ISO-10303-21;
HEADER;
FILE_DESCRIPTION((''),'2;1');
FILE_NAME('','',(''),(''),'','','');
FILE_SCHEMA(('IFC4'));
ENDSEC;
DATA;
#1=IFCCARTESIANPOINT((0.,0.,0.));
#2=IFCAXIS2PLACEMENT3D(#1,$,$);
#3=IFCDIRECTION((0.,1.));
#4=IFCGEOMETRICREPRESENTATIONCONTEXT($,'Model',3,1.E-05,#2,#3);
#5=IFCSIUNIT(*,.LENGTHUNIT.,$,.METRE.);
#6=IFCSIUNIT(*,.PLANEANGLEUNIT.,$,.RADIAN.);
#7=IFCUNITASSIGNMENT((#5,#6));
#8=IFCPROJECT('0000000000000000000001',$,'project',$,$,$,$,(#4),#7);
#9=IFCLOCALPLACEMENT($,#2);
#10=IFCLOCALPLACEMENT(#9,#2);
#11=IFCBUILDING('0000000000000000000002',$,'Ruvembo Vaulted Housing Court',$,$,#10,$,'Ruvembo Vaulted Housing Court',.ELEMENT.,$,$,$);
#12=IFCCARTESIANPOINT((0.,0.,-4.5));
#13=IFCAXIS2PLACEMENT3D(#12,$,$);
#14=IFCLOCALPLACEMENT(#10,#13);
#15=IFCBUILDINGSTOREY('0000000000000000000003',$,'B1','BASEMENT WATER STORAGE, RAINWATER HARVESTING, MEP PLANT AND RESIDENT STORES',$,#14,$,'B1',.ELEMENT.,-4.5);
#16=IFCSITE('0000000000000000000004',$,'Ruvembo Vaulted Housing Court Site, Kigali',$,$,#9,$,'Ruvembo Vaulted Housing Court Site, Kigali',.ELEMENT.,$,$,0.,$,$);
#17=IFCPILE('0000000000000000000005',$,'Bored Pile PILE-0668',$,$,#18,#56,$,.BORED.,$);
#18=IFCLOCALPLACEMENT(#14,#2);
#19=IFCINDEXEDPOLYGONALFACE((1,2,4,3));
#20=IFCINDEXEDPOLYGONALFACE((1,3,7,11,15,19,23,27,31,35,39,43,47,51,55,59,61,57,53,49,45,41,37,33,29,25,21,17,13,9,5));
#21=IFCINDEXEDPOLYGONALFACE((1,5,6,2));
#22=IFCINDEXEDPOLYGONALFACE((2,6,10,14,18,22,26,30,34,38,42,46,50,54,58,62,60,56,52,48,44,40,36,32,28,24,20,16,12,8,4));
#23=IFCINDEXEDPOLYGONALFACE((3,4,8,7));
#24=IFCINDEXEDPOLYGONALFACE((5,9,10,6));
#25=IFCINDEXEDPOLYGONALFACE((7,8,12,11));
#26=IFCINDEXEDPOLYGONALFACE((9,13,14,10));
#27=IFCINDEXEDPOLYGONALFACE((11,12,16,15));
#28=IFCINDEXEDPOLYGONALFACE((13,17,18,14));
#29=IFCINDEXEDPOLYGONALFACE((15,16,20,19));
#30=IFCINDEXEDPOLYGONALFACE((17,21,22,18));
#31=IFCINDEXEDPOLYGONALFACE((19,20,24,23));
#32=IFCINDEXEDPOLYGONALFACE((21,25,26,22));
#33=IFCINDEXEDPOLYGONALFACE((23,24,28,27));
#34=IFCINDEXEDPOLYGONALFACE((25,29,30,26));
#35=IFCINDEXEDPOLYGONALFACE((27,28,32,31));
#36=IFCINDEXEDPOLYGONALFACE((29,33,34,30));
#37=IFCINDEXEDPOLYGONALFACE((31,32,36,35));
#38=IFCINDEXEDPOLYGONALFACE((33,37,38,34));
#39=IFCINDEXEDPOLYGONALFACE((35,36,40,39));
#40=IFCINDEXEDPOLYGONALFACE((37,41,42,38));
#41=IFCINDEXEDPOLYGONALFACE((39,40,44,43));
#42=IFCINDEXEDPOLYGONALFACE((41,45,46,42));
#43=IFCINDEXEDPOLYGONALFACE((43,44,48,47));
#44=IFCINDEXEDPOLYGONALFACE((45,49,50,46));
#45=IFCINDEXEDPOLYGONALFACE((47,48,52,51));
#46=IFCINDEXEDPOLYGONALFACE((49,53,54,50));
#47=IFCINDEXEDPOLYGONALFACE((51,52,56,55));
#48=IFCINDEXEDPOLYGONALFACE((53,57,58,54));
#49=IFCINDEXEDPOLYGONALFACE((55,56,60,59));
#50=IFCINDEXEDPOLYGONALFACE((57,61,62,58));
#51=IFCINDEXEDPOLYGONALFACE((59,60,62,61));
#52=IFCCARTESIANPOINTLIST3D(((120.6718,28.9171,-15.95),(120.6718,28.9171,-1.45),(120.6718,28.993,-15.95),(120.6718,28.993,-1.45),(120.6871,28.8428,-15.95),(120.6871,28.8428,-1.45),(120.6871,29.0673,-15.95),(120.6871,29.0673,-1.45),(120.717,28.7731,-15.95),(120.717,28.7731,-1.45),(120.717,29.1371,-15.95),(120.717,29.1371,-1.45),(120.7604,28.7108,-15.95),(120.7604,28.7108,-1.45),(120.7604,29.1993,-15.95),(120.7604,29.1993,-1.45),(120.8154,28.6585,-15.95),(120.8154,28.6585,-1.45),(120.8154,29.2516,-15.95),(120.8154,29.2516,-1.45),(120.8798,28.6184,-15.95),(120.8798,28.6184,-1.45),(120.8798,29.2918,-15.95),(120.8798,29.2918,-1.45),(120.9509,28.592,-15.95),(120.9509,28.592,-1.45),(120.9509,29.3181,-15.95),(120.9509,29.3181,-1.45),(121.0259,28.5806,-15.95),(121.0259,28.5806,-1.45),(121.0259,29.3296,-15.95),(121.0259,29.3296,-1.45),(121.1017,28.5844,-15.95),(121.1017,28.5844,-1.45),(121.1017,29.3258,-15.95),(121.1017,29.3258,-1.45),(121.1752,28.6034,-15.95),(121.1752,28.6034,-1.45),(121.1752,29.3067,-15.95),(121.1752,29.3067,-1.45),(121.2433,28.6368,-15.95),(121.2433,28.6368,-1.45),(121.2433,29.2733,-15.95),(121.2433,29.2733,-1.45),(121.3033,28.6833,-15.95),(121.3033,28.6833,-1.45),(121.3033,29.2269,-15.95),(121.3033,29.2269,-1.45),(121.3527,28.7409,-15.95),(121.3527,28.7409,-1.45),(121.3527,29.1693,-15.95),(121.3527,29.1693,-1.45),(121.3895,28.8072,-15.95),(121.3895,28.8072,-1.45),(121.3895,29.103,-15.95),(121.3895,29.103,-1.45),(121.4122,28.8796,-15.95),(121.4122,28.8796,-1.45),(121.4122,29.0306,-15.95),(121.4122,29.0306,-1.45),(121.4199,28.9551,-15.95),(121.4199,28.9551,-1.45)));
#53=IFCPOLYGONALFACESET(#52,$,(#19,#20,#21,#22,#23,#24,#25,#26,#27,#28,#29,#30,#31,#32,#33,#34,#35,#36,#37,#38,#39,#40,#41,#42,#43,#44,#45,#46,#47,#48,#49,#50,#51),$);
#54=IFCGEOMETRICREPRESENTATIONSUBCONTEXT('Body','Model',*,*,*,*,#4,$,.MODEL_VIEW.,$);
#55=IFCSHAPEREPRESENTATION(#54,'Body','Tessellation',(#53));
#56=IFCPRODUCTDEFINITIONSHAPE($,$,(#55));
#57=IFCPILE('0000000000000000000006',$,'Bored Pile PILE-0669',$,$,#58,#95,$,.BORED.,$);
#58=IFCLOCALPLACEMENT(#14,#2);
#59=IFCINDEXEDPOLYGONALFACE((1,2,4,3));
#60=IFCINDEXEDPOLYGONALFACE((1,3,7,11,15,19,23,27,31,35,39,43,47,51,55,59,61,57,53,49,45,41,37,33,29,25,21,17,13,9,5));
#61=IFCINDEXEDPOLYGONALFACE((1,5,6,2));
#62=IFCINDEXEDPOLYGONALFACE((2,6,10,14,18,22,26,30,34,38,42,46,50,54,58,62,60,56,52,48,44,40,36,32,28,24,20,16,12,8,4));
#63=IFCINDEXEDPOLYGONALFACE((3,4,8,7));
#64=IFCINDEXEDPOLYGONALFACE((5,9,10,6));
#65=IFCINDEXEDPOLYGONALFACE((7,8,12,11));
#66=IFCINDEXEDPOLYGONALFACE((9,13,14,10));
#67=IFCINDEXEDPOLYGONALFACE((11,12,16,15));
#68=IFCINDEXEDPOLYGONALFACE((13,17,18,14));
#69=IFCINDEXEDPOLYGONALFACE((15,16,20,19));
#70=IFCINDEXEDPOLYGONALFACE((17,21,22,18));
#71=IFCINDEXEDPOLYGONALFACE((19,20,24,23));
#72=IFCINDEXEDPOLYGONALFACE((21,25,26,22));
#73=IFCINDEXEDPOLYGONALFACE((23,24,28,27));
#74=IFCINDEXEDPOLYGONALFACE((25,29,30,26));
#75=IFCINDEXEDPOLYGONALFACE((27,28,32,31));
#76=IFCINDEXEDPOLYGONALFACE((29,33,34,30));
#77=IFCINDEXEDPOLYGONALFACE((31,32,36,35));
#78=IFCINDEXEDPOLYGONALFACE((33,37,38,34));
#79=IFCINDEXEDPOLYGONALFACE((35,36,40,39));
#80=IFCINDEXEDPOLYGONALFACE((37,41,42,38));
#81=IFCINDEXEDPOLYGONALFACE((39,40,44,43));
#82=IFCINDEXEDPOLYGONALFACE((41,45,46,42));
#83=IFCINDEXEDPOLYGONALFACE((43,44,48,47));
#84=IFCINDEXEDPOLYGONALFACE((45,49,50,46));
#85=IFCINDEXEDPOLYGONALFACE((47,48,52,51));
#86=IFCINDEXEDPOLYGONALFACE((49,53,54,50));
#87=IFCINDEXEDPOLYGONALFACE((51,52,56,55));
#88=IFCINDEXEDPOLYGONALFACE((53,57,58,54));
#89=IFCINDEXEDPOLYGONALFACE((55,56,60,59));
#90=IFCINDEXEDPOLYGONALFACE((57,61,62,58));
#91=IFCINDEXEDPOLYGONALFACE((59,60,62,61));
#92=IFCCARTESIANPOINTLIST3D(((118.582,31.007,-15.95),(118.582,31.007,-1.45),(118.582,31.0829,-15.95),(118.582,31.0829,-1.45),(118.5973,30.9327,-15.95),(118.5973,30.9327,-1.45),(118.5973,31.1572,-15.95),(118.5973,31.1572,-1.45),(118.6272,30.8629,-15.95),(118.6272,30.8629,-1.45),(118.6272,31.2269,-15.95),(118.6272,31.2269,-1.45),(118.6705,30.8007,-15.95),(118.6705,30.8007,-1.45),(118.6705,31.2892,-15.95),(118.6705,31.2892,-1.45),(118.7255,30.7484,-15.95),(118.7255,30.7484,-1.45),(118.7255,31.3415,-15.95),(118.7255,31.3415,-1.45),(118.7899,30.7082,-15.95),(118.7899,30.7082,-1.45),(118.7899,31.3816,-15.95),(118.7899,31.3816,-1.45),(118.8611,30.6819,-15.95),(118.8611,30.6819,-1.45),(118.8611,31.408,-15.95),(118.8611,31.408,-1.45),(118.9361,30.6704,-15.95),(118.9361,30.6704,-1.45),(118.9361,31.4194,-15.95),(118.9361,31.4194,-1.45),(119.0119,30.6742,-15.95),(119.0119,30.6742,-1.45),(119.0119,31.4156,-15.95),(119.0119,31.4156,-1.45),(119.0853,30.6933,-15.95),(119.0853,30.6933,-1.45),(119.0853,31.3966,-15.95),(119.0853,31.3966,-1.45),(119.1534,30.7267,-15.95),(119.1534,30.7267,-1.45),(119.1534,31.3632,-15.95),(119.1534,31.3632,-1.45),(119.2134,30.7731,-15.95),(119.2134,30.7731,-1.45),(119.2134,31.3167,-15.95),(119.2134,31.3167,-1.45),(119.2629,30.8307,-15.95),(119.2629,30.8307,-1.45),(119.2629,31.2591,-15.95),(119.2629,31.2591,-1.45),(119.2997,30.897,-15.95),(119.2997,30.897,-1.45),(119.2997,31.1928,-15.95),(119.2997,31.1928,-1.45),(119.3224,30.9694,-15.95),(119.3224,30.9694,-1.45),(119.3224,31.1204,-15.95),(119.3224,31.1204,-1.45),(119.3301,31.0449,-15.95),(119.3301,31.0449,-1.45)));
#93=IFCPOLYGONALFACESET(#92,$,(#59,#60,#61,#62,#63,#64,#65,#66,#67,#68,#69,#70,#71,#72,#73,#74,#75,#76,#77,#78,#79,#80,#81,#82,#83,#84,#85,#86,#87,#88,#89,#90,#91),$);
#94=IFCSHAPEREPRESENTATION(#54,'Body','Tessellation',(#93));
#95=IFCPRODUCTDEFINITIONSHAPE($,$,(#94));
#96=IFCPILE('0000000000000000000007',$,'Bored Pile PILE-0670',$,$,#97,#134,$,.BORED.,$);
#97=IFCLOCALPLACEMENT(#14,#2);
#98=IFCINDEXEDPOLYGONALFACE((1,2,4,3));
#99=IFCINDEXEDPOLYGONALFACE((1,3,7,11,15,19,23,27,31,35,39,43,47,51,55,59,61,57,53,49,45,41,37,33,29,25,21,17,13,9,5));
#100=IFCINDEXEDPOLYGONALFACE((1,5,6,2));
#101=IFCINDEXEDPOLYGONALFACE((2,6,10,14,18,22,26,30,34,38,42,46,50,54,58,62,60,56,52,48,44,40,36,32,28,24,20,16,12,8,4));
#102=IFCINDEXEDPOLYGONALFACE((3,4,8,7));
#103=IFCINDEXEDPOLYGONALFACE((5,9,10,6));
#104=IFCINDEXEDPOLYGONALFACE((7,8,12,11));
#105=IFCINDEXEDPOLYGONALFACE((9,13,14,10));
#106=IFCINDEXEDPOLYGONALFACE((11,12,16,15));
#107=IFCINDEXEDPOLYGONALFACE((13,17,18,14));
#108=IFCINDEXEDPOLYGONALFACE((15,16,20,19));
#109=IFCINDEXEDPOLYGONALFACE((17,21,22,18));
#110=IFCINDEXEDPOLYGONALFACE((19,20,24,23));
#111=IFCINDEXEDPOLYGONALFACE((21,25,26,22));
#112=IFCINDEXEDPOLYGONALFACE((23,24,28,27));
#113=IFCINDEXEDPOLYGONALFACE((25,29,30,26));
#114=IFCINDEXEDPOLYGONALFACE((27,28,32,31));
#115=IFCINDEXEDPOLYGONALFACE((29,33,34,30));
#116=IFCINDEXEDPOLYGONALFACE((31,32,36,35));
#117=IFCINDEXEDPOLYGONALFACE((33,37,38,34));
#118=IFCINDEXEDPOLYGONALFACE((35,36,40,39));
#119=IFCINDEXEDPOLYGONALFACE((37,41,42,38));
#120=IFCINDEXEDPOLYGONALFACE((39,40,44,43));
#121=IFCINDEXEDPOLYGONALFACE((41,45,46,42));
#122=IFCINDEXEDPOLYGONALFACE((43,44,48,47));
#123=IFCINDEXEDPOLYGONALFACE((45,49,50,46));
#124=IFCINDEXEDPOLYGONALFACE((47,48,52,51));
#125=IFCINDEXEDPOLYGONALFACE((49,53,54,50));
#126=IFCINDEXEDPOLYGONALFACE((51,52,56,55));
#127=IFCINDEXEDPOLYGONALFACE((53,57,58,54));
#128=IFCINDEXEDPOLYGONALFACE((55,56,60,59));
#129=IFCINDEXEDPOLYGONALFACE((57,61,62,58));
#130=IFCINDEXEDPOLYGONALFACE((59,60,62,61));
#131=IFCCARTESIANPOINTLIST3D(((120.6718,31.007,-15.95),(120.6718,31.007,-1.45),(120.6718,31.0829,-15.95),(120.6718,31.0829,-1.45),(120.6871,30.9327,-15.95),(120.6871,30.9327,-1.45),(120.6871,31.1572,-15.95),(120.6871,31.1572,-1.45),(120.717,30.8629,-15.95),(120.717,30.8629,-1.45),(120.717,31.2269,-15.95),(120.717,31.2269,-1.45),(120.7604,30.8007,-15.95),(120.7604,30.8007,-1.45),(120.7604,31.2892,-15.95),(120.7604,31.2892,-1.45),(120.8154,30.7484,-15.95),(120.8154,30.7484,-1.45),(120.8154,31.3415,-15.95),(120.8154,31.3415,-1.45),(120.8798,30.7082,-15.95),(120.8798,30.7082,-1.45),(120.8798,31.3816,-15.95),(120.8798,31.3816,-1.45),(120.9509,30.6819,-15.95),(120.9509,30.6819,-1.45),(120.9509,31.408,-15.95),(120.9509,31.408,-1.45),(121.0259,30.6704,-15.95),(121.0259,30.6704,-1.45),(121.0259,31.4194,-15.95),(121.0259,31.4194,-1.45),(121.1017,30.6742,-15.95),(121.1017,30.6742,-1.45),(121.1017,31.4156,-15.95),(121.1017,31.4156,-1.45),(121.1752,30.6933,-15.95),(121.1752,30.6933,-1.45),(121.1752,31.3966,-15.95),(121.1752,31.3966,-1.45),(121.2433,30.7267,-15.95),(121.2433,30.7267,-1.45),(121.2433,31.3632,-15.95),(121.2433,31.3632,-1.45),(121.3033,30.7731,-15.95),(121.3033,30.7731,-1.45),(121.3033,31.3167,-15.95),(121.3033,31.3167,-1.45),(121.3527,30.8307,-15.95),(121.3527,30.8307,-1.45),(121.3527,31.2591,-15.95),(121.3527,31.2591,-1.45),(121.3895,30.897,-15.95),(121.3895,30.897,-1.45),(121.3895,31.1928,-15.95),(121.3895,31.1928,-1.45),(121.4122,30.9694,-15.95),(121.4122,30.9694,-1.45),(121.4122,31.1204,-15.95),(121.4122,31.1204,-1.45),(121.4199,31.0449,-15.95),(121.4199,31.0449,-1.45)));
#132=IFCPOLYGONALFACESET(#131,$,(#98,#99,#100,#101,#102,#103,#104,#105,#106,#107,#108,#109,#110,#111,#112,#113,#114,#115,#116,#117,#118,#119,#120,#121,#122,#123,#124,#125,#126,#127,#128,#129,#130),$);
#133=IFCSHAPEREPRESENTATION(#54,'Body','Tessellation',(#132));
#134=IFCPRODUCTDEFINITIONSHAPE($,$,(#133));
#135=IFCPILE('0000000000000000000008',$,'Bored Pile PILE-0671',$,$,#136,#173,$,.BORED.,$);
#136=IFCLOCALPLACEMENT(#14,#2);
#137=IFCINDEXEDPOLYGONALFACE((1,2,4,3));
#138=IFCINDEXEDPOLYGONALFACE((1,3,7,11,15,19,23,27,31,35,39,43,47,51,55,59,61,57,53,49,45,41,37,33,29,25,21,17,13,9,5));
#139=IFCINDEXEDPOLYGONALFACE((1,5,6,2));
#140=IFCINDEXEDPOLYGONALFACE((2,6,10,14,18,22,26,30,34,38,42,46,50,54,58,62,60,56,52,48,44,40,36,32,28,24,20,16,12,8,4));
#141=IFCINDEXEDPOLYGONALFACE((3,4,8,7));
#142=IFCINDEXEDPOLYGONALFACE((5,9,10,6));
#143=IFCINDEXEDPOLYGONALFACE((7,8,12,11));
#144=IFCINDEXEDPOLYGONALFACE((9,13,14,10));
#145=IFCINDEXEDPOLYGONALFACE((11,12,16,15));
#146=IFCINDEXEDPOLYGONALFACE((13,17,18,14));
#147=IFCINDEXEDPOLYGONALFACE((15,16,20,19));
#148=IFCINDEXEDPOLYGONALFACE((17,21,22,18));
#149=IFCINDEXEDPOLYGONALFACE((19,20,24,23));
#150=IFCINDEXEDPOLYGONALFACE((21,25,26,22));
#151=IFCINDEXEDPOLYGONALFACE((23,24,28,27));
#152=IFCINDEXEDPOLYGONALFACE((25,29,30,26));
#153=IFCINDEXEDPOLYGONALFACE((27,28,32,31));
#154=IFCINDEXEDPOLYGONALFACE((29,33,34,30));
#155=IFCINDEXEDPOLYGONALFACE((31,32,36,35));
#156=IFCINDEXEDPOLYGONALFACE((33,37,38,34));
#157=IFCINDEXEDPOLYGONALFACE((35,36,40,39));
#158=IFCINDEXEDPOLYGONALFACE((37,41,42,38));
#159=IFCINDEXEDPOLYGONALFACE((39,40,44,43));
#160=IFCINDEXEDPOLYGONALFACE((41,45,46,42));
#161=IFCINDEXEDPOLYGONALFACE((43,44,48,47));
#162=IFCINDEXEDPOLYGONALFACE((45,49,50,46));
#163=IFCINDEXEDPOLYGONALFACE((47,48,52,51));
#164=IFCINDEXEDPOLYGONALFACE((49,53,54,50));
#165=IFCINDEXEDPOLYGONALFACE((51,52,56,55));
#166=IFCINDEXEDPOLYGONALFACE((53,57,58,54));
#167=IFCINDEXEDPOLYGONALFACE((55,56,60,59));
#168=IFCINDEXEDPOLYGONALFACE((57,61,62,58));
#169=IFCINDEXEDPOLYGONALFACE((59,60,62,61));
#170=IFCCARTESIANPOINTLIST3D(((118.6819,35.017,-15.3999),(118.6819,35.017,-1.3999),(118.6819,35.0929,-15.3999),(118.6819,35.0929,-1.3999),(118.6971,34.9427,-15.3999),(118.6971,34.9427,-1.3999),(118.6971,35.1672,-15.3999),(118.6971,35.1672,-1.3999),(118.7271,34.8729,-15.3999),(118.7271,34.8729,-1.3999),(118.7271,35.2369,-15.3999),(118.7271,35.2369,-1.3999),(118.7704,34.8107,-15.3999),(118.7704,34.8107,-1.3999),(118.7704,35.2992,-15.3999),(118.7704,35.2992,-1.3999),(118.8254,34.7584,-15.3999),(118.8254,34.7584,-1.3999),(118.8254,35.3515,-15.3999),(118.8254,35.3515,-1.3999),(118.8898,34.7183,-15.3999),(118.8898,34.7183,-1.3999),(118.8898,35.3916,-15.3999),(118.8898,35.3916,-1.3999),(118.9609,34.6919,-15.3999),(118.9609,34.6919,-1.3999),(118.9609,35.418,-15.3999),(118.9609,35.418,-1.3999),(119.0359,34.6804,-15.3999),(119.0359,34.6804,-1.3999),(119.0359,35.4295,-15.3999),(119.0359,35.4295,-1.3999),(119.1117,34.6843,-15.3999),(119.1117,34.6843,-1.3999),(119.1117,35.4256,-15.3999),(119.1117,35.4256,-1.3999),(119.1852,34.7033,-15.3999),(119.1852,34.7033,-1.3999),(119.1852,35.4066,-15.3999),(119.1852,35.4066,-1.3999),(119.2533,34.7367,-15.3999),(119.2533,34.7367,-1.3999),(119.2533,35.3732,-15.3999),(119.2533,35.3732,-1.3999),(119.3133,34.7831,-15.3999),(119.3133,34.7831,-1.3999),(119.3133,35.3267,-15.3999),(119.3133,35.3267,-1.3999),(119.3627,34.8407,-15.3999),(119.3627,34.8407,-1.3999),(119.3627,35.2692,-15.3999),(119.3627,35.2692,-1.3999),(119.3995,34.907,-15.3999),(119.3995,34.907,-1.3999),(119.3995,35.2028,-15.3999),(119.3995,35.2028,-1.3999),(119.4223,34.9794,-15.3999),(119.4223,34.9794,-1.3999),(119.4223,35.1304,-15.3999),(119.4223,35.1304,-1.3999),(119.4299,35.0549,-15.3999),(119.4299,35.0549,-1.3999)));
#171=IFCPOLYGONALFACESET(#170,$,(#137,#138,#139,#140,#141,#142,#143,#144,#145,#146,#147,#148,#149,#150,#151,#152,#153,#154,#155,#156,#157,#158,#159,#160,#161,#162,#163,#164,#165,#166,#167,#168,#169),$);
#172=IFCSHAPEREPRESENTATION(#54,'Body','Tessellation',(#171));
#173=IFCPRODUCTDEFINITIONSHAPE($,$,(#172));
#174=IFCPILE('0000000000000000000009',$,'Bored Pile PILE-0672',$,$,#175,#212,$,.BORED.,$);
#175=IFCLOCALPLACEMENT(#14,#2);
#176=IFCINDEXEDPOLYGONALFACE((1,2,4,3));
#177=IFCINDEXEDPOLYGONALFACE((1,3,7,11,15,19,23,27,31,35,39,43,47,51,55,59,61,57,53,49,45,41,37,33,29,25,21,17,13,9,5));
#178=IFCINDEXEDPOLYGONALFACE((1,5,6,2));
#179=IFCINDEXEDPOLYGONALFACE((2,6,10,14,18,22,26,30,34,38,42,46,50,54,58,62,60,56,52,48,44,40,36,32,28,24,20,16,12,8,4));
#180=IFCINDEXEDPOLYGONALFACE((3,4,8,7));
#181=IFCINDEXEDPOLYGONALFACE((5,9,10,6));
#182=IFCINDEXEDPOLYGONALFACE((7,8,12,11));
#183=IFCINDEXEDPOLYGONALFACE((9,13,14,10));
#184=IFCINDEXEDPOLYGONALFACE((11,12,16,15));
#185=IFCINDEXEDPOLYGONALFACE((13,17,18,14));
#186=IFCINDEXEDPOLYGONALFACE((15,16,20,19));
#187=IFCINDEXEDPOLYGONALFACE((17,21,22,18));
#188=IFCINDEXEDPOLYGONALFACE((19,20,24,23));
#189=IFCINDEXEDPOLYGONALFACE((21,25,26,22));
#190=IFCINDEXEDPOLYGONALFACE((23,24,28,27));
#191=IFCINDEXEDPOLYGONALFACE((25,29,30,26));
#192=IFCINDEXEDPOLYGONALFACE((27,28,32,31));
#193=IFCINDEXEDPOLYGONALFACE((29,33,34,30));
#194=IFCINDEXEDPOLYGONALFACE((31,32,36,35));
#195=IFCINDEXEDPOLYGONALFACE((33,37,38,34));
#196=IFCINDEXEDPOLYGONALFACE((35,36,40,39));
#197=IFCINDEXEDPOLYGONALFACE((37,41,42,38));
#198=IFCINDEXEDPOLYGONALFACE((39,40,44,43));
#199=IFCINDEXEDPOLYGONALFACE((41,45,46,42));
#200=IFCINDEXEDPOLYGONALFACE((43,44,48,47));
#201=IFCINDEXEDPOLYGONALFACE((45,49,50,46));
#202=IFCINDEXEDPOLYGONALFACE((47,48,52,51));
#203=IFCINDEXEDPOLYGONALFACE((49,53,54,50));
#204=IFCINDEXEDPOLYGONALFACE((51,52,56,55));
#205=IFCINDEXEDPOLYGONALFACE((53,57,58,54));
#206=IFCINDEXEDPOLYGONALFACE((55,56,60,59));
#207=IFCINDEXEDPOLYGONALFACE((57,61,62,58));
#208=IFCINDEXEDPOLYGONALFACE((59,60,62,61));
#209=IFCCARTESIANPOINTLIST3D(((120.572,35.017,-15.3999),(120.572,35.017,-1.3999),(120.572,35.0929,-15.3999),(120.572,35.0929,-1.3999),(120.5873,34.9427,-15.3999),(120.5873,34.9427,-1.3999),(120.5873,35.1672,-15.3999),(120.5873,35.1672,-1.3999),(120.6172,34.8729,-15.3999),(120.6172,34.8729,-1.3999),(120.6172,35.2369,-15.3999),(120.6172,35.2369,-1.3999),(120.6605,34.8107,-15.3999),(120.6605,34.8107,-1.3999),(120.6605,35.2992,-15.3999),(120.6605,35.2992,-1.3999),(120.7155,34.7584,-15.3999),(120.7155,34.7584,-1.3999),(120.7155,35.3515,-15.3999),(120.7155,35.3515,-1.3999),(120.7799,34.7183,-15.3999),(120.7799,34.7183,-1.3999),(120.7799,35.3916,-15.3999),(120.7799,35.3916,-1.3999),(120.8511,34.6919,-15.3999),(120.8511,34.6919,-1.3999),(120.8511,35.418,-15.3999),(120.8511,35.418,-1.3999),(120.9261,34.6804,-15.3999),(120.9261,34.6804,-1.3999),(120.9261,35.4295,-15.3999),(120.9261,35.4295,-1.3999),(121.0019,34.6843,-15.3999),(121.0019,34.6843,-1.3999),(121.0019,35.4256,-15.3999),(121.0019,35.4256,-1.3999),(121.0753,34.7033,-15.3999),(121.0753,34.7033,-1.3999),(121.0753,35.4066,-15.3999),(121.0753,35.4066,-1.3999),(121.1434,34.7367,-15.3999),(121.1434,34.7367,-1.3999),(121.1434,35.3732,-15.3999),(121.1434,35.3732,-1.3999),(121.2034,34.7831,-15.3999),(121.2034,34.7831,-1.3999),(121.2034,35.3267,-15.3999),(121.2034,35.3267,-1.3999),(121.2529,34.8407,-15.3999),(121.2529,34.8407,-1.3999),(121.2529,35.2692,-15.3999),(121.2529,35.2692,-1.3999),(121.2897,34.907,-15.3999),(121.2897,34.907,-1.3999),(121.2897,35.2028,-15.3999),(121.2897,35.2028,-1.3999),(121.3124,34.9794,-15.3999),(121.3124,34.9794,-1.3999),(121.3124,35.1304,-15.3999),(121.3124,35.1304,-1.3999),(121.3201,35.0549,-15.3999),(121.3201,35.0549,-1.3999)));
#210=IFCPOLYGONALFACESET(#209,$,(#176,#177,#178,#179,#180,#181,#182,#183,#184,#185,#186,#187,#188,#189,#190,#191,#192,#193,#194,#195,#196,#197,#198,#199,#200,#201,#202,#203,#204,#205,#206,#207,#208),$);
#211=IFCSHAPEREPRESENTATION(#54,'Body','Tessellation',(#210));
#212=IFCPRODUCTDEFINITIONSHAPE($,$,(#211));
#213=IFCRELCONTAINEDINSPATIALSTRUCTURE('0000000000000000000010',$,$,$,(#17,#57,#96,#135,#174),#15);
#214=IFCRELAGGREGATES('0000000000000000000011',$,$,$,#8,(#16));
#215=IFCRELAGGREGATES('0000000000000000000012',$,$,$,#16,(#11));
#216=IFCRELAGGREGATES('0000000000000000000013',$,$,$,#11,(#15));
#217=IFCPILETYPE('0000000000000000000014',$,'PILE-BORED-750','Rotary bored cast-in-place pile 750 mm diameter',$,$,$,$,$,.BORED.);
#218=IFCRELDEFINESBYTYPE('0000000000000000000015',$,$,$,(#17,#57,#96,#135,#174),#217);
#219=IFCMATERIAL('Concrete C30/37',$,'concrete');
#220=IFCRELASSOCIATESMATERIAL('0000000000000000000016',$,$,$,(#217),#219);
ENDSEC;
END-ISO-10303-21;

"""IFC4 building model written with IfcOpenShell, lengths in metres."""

from ifc_helpers import new_model, si_unit, direction, frame, origin, origin_2d, place, context, subcontext, project, spatial, circle, extrude, material, material_profile, profile_set, type_object, element, save


model = new_model("IFC4")

# Units and contexts
model_context = context("Model", 3, precision=1e-05, world=origin(), true_north=direction((0.0, 1.0)))
body_context = subcontext(model_context, "Body", "Model", "MODEL_VIEW")
ifc_project = project(units=[si_unit("LENGTHUNIT", "METRE"), si_unit("PLANEANGLEUNIT", "RADIAN")], contexts=[model_context])

# Site, building, storey
site_placement = place(None, origin())
site = spatial("IfcSite", under=ifc_project, at=site_placement, Name="Ruvembo Vaulted Housing Court Site, Kigali", LongName="Ruvembo Vaulted Housing Court Site, Kigali", CompositionType="ELEMENT", RefElevation=0.0)
building_placement = place(site_placement, origin())
building = spatial("IfcBuilding", under=site, at=building_placement, Name="Ruvembo Vaulted Housing Court", LongName="Ruvembo Vaulted Housing Court", CompositionType="ELEMENT")
storey_placement = place(building_placement, frame((0.0, 0.0, -4.5)))
storey = spatial("IfcBuildingStorey", under=building, at=storey_placement, Name="B1", Description="BASEMENT WATER STORAGE, RAINWATER HARVESTING, MEP PLANT AND RESIDENT STORES", LongName="B1", CompositionType="ELEMENT", Elevation=-4.5)

# Piles
ifc_material_1 = material(Name="Concrete C30/37", Category="concrete")
ifc_material_profile_1 = material_profile(ifc_material_1, circle(Radius=0.375, at=origin_2d()), Name="PILE D750")
ifc_profile_set_1 = profile_set([ifc_material_profile_1], Name="Concrete C30/37")
pile_type = type_object("IfcPileType", Name="PILE-BORED-750", Description="Rotary bored cast-in-place pile 750 mm diameter", PredefinedType="BORED", material=ifc_profile_set_1)
for number, where, z_axis, x_axis, name in (
    (1, (121.0449, 28.9551, -1.45), (0.0, 0.0, -1.0), (1.0, 0.0, 0.0), "Bored Pile PILE-0668"),
    (2, (118.9551, 31.0449, -1.45), (0.0, 0.0, -1.0), (1.0, 0.0, 0.0), "Bored Pile PILE-0669"),
    (3, (121.0449, 31.0449, -1.45), (0.0, 0.0, -1.0), (1.0, 0.0, 0.0), "Bored Pile PILE-0670"),
):
    element("IfcPile", number, at=place(storey_placement, frame(where, z_axis=z_axis, x_axis=x_axis)), inside=storey, type_object=pile_type, Name=name, PredefinedType="BORED", context=body_context, shape_type="SweptSolid", body=[
        extrude(circle(Radius=0.375, at=origin_2d()), origin(), (0.0, 0.0, 1.0), 14.5),
    ])
for number, where, z_axis, x_axis, name in (
    (4, (119.0549, 35.0549, -1.3999), (0.0, 0.0, -1.0), (1.0, 0.0, 0.0), "Bored Pile PILE-0671"),
    (5, (120.9451, 35.0549, -1.3999), (0.0, 0.0, -1.0), (1.0, 0.0, 0.0), "Bored Pile PILE-0672"),
):
    element("IfcPile", number, at=place(storey_placement, frame(where, z_axis=z_axis, x_axis=x_axis)), inside=storey, type_object=pile_type, Name=name, PredefinedType="BORED", context=body_context, shape_type="SweptSolid", body=[
        extrude(circle(Radius=0.375, at=origin_2d()), origin(), (0.0, 0.0, 1.0), 14.0),
    ])

save(model, "model.ifc")
